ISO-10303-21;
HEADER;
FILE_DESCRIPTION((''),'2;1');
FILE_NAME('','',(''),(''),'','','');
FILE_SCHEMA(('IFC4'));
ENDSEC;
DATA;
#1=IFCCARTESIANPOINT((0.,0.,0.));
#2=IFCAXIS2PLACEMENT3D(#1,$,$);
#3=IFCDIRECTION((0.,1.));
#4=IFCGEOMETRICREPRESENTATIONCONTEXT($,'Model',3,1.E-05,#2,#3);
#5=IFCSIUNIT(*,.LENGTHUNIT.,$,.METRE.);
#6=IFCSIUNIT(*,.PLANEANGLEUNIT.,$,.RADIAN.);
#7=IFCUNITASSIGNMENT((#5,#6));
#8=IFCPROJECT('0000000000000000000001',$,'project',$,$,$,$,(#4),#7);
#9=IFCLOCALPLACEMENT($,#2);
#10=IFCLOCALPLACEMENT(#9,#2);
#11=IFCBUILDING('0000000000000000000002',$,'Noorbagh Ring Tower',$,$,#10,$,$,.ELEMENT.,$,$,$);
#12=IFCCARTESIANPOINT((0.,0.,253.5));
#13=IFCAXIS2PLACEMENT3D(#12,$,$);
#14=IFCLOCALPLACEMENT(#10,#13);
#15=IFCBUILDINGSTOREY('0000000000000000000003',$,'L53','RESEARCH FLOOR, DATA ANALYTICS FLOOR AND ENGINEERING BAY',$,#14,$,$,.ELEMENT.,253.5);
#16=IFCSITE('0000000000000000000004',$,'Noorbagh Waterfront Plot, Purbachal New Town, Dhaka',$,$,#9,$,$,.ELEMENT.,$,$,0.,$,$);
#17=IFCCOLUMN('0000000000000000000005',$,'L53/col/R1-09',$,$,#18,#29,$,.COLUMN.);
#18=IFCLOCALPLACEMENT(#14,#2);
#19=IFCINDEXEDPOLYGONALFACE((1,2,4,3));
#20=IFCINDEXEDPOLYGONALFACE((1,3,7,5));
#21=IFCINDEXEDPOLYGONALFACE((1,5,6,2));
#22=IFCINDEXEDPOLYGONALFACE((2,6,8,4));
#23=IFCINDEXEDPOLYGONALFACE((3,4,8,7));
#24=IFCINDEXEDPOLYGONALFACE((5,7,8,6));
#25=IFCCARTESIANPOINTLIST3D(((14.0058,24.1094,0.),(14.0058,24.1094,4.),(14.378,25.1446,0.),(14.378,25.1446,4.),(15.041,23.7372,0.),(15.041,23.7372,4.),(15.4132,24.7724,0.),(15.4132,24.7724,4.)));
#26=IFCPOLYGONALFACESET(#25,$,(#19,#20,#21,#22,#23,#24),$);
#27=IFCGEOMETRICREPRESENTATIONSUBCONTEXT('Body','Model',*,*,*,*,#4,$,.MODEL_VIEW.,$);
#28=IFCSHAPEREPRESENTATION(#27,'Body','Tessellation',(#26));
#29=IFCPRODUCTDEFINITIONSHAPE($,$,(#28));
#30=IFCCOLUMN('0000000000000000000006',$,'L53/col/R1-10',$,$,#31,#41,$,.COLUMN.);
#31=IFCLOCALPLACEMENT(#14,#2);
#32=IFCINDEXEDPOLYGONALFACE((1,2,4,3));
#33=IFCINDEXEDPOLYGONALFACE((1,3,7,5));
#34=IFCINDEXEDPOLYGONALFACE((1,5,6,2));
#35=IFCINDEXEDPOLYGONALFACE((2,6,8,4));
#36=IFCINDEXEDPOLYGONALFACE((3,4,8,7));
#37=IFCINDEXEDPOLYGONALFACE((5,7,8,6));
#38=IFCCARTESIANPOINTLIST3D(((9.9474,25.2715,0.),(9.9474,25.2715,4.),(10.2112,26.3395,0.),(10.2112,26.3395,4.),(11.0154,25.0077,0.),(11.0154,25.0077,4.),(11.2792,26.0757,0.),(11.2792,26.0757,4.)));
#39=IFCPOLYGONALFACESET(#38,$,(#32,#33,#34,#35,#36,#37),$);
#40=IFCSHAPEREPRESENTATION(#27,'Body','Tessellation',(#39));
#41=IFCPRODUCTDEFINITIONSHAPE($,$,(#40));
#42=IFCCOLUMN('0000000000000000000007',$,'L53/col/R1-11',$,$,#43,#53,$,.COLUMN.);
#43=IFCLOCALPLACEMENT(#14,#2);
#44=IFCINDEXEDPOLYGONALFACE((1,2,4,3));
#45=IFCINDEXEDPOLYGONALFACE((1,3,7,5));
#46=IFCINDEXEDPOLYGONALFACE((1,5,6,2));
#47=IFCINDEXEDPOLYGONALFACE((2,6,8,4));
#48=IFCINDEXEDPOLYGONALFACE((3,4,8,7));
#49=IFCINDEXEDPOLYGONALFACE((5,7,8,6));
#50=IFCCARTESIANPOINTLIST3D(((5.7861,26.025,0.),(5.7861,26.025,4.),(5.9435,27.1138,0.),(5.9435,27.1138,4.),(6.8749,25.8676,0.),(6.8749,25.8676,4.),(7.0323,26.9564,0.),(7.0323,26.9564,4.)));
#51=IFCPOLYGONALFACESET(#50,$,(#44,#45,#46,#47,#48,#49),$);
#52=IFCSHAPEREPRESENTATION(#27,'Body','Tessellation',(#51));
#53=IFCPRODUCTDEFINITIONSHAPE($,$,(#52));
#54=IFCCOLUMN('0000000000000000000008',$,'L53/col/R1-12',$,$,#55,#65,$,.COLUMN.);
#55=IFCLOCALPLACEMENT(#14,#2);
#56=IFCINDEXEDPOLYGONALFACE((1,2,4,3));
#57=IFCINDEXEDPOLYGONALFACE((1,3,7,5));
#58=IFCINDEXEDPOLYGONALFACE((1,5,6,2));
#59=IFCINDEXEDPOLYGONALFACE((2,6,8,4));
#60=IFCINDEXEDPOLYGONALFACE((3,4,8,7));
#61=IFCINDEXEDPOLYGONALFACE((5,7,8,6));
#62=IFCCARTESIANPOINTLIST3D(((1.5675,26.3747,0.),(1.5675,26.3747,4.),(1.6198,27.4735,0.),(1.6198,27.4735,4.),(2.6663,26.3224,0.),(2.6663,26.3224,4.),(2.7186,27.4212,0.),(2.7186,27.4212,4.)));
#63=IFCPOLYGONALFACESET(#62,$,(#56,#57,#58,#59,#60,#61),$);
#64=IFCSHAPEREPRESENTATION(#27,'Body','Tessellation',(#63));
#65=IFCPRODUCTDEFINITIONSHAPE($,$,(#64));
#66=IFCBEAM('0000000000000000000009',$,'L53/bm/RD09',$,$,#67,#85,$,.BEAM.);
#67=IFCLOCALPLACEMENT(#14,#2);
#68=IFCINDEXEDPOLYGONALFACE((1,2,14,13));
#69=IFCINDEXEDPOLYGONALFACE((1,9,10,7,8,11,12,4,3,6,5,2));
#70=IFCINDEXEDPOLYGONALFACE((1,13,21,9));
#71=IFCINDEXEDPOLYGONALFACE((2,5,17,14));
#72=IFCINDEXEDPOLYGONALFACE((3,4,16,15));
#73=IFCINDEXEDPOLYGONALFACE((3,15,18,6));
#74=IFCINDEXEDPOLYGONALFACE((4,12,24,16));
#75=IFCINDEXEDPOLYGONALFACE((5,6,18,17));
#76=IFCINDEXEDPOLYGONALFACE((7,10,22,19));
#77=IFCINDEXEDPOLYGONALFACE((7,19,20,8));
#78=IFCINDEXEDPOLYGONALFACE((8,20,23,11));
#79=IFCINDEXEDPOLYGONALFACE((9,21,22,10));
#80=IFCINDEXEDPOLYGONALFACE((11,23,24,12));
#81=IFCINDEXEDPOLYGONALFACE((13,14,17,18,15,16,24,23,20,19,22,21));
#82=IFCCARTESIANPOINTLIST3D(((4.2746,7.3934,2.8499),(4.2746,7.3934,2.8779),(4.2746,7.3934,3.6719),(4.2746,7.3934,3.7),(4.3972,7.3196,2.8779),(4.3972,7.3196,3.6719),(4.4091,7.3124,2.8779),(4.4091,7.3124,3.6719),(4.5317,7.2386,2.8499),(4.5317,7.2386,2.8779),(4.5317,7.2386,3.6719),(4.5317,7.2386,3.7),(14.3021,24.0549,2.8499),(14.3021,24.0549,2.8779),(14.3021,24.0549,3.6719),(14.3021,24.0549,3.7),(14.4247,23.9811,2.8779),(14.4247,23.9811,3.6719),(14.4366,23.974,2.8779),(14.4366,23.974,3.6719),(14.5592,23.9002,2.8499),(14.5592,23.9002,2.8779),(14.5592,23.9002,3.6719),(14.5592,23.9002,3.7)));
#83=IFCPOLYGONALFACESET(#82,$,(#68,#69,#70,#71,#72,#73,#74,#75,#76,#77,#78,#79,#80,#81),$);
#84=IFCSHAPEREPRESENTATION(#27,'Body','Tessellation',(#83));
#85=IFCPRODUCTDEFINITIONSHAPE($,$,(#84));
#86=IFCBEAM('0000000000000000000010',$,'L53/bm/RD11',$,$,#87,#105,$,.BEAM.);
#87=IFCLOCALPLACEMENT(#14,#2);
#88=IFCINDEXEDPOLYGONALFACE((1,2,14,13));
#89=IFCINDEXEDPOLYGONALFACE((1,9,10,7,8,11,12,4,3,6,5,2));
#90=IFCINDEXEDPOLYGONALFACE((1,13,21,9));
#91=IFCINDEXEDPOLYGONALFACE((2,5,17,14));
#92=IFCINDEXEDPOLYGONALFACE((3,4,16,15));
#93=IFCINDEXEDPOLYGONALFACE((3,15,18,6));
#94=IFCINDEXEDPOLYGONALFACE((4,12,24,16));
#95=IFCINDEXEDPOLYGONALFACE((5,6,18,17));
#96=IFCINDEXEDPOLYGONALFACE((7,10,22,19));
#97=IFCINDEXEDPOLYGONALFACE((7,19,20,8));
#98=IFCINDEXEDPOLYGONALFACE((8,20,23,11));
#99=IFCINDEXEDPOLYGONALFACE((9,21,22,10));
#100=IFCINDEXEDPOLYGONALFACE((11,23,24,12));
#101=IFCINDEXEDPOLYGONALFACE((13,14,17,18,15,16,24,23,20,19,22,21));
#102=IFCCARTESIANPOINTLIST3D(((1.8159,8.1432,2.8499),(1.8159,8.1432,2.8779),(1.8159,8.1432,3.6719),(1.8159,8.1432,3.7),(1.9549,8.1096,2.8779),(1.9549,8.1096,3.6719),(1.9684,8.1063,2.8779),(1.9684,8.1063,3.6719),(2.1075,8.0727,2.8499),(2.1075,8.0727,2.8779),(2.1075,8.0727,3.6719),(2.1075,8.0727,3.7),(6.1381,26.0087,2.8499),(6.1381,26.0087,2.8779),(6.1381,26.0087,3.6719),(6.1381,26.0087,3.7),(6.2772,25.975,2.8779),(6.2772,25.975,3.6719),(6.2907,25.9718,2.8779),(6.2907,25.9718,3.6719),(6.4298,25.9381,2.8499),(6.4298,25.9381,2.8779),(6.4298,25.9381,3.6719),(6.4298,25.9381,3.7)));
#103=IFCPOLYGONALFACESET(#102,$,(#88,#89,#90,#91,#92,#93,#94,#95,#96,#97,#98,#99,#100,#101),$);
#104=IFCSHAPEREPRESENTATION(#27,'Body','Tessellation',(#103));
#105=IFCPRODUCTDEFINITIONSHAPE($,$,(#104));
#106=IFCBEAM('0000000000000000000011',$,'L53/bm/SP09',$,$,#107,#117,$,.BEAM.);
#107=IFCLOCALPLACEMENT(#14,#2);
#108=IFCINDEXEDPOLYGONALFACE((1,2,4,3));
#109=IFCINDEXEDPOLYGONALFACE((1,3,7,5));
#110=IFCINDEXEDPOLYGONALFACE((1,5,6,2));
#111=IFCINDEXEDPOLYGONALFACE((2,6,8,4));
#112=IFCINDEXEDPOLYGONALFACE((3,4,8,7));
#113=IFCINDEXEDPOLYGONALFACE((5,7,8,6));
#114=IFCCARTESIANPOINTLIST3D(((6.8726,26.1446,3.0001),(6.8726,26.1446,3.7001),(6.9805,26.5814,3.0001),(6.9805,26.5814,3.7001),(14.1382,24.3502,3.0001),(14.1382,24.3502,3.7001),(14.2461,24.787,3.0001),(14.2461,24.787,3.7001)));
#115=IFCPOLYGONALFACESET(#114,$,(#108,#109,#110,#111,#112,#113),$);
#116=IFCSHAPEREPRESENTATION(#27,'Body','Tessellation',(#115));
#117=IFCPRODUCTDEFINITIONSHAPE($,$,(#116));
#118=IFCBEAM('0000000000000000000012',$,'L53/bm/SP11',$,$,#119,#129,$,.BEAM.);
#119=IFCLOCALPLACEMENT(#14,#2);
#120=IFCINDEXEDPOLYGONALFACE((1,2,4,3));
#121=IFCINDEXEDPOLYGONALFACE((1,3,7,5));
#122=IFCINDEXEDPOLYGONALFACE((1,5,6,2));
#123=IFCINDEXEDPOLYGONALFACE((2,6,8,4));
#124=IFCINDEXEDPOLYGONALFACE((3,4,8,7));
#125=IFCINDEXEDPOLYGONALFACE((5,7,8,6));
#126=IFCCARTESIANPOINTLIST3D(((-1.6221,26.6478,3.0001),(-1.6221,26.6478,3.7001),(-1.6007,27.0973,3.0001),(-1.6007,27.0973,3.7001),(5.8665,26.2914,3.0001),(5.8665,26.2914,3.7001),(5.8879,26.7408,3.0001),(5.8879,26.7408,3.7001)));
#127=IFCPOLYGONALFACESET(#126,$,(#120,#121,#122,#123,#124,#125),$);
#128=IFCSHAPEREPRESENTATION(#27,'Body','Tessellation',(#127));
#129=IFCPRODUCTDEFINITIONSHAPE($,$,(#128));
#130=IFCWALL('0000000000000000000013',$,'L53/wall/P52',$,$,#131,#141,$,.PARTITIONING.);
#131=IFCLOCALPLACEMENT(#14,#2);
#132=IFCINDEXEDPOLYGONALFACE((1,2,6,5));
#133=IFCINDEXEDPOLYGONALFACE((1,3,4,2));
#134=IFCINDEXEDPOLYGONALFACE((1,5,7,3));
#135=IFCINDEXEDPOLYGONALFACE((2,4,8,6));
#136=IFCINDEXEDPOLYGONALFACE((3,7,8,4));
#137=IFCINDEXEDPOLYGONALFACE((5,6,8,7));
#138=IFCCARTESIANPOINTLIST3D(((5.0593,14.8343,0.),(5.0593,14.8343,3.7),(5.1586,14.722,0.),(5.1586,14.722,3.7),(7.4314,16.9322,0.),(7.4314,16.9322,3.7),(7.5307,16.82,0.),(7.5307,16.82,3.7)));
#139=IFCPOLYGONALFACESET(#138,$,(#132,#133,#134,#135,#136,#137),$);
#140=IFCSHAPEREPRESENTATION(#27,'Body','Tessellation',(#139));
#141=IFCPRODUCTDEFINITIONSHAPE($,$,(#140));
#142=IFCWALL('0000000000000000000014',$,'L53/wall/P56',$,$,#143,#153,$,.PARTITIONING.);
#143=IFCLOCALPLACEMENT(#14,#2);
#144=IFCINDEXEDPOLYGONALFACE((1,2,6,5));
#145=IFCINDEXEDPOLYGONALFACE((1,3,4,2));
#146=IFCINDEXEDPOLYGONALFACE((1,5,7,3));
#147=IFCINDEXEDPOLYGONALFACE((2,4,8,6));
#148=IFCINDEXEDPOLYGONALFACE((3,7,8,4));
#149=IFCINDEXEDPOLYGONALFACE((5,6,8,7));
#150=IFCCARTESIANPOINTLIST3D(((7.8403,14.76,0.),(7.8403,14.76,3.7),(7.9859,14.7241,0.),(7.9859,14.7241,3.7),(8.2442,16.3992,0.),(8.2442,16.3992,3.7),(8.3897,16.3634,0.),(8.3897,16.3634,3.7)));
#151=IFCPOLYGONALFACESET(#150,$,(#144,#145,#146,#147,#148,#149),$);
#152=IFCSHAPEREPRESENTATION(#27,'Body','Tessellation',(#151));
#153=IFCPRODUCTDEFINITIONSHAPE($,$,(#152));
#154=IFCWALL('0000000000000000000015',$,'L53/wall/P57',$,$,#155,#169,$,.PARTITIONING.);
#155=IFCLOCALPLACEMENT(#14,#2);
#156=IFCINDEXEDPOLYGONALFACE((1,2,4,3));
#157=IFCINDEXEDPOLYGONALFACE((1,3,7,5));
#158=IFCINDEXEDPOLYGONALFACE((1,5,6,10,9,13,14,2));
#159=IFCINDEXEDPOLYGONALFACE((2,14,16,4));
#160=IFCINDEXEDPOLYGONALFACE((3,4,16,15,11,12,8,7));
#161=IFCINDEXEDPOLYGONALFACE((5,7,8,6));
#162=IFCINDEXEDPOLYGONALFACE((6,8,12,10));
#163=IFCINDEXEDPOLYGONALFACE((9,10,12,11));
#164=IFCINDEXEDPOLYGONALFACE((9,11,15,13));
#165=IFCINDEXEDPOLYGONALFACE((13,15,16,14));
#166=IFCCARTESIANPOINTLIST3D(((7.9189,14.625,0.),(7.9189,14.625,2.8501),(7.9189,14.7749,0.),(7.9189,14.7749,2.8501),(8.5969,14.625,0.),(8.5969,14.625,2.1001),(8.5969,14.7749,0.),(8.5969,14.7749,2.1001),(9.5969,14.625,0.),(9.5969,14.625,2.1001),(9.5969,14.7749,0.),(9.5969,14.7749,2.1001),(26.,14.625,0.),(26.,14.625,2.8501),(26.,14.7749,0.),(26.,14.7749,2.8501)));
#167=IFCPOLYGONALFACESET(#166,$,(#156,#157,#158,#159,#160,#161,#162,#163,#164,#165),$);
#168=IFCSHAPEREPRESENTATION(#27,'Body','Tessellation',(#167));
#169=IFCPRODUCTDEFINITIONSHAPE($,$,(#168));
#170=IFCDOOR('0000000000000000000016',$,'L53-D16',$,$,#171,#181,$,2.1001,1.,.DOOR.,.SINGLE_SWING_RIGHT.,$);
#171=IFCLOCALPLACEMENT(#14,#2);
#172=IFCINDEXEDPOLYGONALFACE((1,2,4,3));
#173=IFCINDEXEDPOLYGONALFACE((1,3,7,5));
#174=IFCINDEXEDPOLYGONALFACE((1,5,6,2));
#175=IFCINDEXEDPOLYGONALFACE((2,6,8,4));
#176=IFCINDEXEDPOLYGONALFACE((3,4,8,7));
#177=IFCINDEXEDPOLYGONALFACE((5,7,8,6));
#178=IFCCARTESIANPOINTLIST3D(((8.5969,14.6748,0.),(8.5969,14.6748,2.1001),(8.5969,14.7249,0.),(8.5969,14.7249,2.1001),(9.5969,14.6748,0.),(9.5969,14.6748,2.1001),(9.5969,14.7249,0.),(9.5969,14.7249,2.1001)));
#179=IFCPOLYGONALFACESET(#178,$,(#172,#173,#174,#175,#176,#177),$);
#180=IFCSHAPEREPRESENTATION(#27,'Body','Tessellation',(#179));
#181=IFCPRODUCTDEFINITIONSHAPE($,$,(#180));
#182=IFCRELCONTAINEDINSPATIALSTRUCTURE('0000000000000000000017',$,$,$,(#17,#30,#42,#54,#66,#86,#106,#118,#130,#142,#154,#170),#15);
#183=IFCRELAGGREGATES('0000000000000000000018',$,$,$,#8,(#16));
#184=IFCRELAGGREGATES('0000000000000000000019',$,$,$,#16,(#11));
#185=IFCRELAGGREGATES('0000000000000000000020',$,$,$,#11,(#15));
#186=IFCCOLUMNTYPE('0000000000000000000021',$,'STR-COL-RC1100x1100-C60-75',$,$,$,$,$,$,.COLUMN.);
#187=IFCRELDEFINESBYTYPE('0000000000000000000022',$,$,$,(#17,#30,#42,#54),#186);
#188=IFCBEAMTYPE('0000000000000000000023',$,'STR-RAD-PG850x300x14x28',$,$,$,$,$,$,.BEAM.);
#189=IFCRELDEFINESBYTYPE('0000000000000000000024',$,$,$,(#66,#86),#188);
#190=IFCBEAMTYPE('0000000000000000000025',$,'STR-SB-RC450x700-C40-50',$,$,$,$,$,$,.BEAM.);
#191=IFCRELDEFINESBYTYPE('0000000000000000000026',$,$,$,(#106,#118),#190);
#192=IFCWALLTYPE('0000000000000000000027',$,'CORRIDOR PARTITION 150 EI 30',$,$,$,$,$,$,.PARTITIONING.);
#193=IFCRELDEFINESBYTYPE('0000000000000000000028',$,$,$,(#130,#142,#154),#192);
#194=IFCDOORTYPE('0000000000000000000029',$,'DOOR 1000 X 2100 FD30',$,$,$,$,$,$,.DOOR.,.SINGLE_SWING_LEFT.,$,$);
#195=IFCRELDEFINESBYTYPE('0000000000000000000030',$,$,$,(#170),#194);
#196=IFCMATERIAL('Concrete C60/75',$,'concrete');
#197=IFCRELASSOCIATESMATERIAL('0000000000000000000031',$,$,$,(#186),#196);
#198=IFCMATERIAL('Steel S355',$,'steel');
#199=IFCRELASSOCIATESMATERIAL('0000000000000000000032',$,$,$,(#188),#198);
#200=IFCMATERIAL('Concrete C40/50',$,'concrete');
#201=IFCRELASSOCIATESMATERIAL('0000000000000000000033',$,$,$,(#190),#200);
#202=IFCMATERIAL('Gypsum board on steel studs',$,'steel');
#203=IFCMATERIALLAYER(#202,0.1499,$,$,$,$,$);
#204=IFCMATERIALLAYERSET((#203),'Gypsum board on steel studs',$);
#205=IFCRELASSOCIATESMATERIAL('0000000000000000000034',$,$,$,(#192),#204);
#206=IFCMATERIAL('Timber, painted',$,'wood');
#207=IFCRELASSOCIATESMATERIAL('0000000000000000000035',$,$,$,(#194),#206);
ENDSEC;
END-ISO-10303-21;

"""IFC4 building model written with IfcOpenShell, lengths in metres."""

from ifc_helpers import new_model, si_unit, direction, frame, frame_2d, origin, origin_2d, place, context, subcontext, project, spatial, rectangle, i_section, extrude, material, layer, layer_set, material_profile, profile_set, type_object, element, fill, save


model = new_model("IFC4")

# Units and contexts
model_context = context("Model", 3, precision=1e-05, world=origin(), true_north=direction((0.0, 1.0)))
body_context = subcontext(model_context, "Body", "Model", "MODEL_VIEW")
ifc_project = project(units=[si_unit("LENGTHUNIT", "METRE"), si_unit("PLANEANGLEUNIT", "RADIAN")], contexts=[model_context])

# Site, building, storey
site_placement = place(None, origin())
site = spatial("IfcSite", under=ifc_project, at=site_placement, Name="Noorbagh Waterfront Plot, Purbachal New Town, Dhaka", CompositionType="ELEMENT", RefElevation=0.0)
building_placement = place(site_placement, origin())
building = spatial("IfcBuilding", under=site, at=building_placement, Name="Noorbagh Ring Tower", CompositionType="ELEMENT")
storey_placement = place(building_placement, frame((0.0, 0.0, 253.5)))
storey = spatial("IfcBuildingStorey", under=building, at=storey_placement, Name="L53", Description="RESEARCH FLOOR, DATA ANALYTICS FLOOR AND ENGINEERING BAY", CompositionType="ELEMENT", Elevation=253.5)

# Columns
ifc_material_1 = material(Name="Concrete C60/75", Category="concrete")
ifc_material_profile_1 = material_profile(ifc_material_1, rectangle(XDim=1.1001, YDim=1.1001, at=origin_2d()), Name="RC1100x1100")
ifc_profile_set_1 = profile_set([ifc_material_profile_1], Name="Concrete C60/75")
column_type = type_object("IfcColumnType", Name="STR-COL-RC1100x1100-C60-75", PredefinedType="COLUMN", material=ifc_profile_set_1)
for number, where, z_axis, x_axis, name in (
    (1, (14.7095, 24.4409, 0.0), (0.0, 0.0, 1.0), (-0.941025, 0.338338, 0.0), "L53/col/R1-09"),
    (2, (10.6133, 25.6736, 0.0), (0.0, 0.0, 1.0), (-0.970829, 0.239771, 0.0), "L53/col/R1-10"),
    (3, (6.4092, 26.4907, 0.0), (0.0, 0.0, 1.0), (-0.989713, 0.143066, 0.0), "L53/col/R1-11"),
    (4, (2.1431, 26.8979, 0.0), (0.0, 0.0, 1.0), (-0.998869, 0.047553, 0.0), "L53/col/R1-12"),
):
    element("IfcColumn", number, at=place(storey_placement, frame(where, z_axis=z_axis, x_axis=x_axis)), inside=storey, type_object=column_type, Name=name, PredefinedType="COLUMN", context=body_context, shape_type="SweptSolid", body=[
        extrude(rectangle(XDim=1.1001, YDim=1.1001, at=origin_2d()), origin(), (0.0, 0.0, 1.0), 4.0),
    ])

# Beams
ifc_material_2 = material(Name="Steel S355", Category="steel")
ifc_material_profile_2 = material_profile(ifc_material_2, i_section(OverallWidth=0.3, OverallDepth=0.8501, WebThickness=0.0139, FlangeThickness=0.0281, at=origin_2d()), Name="PG850x300x14x28")
ifc_profile_set_2 = profile_set([ifc_material_profile_2], Name="Steel S355")
beam_type_1 = type_object("IfcBeamType", Name="STR-RAD-PG850x300x14x28", PredefinedType="BEAM", material=ifc_profile_set_2)
beam_1_placement = place(storey_placement, frame((14.4307, 23.9775, 3.2749), z_axis=(-0.515653, -0.856798, 0.0), x_axis=(0.856798, -0.515653, 0.0)))
element("IfcBeam", 5, at=beam_1_placement, inside=storey, type_object=beam_type_1, Name="L53/bm/RD09", PredefinedType="BEAM", context=body_context, shape_type="SweptSolid", body=[
    extrude(i_section(OverallWidth=0.3, OverallDepth=0.8501, WebThickness=0.0139, FlangeThickness=0.0281, at=origin_2d()), origin(), (0.0, 0.0, 1.0), 19.4463),
])
beam_2_placement = place(storey_placement, frame((6.2839, 25.9734, 3.2749), z_axis=(-0.23515, -0.971959, 0.0), x_axis=(0.971959, -0.23515, 0.0)))
element("IfcBeam", 6, at=beam_2_placement, inside=storey, type_object=beam_type_1, Name="L53/bm/RD11", PredefinedType="BEAM", context=body_context, shape_type="SweptSolid", body=[
    extrude(i_section(OverallWidth=0.3, OverallDepth=0.8501, WebThickness=0.0139, FlangeThickness=0.0281, at=origin_2d()), origin(), (0.0, 0.0, 1.0), 18.3809),
])
ifc_material_3 = material(Name="Concrete C40/50", Category="concrete")
ifc_material_profile_3 = material_profile(ifc_material_3, rectangle(XDim=0.45, YDim=0.7, at=origin_2d()), Name="RC450x700")
ifc_profile_set_3 = profile_set([ifc_material_profile_3], Name="Concrete C40/50")
beam_type_2 = type_object("IfcBeamType", Name="STR-SB-RC450x700-C40-50", PredefinedType="BEAM", material=ifc_profile_set_3)
beam_3_placement = place(storey_placement, frame((14.1921, 24.5686, 3.3501), z_axis=(-0.970829, 0.239771, 0.0), x_axis=(-0.239771, -0.970829, 0.0)))
element("IfcBeam", 7, at=beam_3_placement, inside=storey, type_object=beam_type_2, Name="L53/bm/SP09", PredefinedType="BEAM", context=body_context, shape_type="SweptSolid", body=[
    extrude(rectangle(XDim=0.45, YDim=0.7, at=origin_2d()), origin(), (0.0, 0.0, 1.0), 7.4839),
])
beam_4_placement = place(storey_placement, frame((5.8772, 26.5161, 3.3501), z_axis=(-0.998869, 0.047545, 0.0), x_axis=(-0.047545, -0.998869, 0.0)))
element("IfcBeam", 8, at=beam_4_placement, inside=storey, type_object=beam_type_2, Name="L53/bm/SP11", PredefinedType="BEAM", context=body_context, shape_type="SweptSolid", body=[
    extrude(rectangle(XDim=0.45, YDim=0.7, at=origin_2d()), origin(), (0.0, 0.0, 1.0), 7.4971),
])

# Walls
ifc_material_4 = material(Name="Gypsum board on steel studs", Category="steel")
ifc_layer_1 = layer(ifc_material_4, 0.1499)
ifc_layer_set_1 = layer_set([ifc_layer_1], Name="Gypsum board on steel studs")
wall_type_1 = type_object("IfcWallType", Name="CORRIDOR PARTITION 150 EI 30", PredefinedType="PARTITIONING", material=ifc_layer_set_1)
wall_1_placement = place(storey_placement, frame((5.1089, 14.7781, 0.0), z_axis=(0.0, 0.0, 1.0), x_axis=(0.74907, 0.662491, 0.0)))
element("IfcWall", 9, at=wall_1_placement, inside=storey, type_object=wall_type_1, Name="L53/wall/P52", PredefinedType="PARTITIONING", context=body_context, shape_type="SweptSolid", body=[
    extrude(rectangle(XDim=3.1667, YDim=0.1499, at=frame_2d((1.5835, 0.0))), origin(), (0.0, 0.0, 1.0), 3.7),
])
wall_2_placement = place(storey_placement, frame((7.9131, 14.7419, 0.0), z_axis=(0.0, 0.0, 1.0), x_axis=(0.239199, 0.97097, 0.0)))
element("IfcWall", 10, at=wall_2_placement, inside=storey, type_object=wall_type_1, Name="L53/wall/P56", PredefinedType="PARTITIONING", context=body_context, shape_type="SweptSolid", body=[
    extrude(rectangle(XDim=1.6882, YDim=0.1499, at=frame_2d((0.8442, 0.0))), origin(), (0.0, 0.0, 1.0), 3.7),
])

# Wall, opening, door
wall_3_placement = place(storey_placement, frame((7.9189, 14.7, 0.0), z_axis=(0.0, 0.0, 1.0), x_axis=(1.0, 0.0, 0.0)))
wall_3 = element("IfcWall", 11, at=wall_3_placement, inside=storey, type_object=wall_type_1, Name="L53/wall/P57", PredefinedType="PARTITIONING", context=body_context, shape_type="SweptSolid", body=[
    extrude(rectangle(XDim=18.0811, YDim=0.1499, at=frame_2d((9.0405, 0.0))), origin(), (0.0, 0.0, 1.0), 2.8501),
])
opening_1_placement = place(wall_3_placement, frame((0.678, 0.0, 0.0)))
opening_1 = element("IfcOpeningElement", 12, at=opening_1_placement, cuts=wall_3, PredefinedType="OPENING", context=body_context, shape_type="SweptSolid", body=[
    extrude(rectangle(XDim=1.0, YDim=2.1001, at=frame_2d((0.5, 1.05))), frame((0.0, 0.085, 0.0), z_axis=(0.0, -1.0, 0.0), x_axis=(1.0, 0.0, 0.0)), (0.0, 0.0, 1.0), 0.1699),
])
ifc_material_5 = material(Name="Timber, painted", Category="wood")
door_type = type_object("IfcDoorType", Name="DOOR 1000 X 2100 FD30", OperationType="SINGLE_SWING_LEFT", PredefinedType="DOOR", material=ifc_material_5)
door_1_placement = place(opening_1_placement, origin())
door_1 = element("IfcDoor", 13, at=door_1_placement, inside=storey, type_object=door_type, Name="L53-D16", OperationType="SINGLE_SWING_RIGHT", OverallHeight=2.1001, OverallWidth=1.0, PredefinedType="DOOR", context=body_context, shape_type="SweptSolid", body=[
    extrude(rectangle(XDim=1.0, YDim=2.1001, at=frame_2d((0.5, 1.05))), frame((0.0, 0.0249, 0.0), z_axis=(0.0, -1.0, 0.0), x_axis=(1.0, 0.0, 0.0)), (0.0, 0.0, 1.0), 0.05),
])
fill(opening_1, door_1)

save(model, "model.ifc")
